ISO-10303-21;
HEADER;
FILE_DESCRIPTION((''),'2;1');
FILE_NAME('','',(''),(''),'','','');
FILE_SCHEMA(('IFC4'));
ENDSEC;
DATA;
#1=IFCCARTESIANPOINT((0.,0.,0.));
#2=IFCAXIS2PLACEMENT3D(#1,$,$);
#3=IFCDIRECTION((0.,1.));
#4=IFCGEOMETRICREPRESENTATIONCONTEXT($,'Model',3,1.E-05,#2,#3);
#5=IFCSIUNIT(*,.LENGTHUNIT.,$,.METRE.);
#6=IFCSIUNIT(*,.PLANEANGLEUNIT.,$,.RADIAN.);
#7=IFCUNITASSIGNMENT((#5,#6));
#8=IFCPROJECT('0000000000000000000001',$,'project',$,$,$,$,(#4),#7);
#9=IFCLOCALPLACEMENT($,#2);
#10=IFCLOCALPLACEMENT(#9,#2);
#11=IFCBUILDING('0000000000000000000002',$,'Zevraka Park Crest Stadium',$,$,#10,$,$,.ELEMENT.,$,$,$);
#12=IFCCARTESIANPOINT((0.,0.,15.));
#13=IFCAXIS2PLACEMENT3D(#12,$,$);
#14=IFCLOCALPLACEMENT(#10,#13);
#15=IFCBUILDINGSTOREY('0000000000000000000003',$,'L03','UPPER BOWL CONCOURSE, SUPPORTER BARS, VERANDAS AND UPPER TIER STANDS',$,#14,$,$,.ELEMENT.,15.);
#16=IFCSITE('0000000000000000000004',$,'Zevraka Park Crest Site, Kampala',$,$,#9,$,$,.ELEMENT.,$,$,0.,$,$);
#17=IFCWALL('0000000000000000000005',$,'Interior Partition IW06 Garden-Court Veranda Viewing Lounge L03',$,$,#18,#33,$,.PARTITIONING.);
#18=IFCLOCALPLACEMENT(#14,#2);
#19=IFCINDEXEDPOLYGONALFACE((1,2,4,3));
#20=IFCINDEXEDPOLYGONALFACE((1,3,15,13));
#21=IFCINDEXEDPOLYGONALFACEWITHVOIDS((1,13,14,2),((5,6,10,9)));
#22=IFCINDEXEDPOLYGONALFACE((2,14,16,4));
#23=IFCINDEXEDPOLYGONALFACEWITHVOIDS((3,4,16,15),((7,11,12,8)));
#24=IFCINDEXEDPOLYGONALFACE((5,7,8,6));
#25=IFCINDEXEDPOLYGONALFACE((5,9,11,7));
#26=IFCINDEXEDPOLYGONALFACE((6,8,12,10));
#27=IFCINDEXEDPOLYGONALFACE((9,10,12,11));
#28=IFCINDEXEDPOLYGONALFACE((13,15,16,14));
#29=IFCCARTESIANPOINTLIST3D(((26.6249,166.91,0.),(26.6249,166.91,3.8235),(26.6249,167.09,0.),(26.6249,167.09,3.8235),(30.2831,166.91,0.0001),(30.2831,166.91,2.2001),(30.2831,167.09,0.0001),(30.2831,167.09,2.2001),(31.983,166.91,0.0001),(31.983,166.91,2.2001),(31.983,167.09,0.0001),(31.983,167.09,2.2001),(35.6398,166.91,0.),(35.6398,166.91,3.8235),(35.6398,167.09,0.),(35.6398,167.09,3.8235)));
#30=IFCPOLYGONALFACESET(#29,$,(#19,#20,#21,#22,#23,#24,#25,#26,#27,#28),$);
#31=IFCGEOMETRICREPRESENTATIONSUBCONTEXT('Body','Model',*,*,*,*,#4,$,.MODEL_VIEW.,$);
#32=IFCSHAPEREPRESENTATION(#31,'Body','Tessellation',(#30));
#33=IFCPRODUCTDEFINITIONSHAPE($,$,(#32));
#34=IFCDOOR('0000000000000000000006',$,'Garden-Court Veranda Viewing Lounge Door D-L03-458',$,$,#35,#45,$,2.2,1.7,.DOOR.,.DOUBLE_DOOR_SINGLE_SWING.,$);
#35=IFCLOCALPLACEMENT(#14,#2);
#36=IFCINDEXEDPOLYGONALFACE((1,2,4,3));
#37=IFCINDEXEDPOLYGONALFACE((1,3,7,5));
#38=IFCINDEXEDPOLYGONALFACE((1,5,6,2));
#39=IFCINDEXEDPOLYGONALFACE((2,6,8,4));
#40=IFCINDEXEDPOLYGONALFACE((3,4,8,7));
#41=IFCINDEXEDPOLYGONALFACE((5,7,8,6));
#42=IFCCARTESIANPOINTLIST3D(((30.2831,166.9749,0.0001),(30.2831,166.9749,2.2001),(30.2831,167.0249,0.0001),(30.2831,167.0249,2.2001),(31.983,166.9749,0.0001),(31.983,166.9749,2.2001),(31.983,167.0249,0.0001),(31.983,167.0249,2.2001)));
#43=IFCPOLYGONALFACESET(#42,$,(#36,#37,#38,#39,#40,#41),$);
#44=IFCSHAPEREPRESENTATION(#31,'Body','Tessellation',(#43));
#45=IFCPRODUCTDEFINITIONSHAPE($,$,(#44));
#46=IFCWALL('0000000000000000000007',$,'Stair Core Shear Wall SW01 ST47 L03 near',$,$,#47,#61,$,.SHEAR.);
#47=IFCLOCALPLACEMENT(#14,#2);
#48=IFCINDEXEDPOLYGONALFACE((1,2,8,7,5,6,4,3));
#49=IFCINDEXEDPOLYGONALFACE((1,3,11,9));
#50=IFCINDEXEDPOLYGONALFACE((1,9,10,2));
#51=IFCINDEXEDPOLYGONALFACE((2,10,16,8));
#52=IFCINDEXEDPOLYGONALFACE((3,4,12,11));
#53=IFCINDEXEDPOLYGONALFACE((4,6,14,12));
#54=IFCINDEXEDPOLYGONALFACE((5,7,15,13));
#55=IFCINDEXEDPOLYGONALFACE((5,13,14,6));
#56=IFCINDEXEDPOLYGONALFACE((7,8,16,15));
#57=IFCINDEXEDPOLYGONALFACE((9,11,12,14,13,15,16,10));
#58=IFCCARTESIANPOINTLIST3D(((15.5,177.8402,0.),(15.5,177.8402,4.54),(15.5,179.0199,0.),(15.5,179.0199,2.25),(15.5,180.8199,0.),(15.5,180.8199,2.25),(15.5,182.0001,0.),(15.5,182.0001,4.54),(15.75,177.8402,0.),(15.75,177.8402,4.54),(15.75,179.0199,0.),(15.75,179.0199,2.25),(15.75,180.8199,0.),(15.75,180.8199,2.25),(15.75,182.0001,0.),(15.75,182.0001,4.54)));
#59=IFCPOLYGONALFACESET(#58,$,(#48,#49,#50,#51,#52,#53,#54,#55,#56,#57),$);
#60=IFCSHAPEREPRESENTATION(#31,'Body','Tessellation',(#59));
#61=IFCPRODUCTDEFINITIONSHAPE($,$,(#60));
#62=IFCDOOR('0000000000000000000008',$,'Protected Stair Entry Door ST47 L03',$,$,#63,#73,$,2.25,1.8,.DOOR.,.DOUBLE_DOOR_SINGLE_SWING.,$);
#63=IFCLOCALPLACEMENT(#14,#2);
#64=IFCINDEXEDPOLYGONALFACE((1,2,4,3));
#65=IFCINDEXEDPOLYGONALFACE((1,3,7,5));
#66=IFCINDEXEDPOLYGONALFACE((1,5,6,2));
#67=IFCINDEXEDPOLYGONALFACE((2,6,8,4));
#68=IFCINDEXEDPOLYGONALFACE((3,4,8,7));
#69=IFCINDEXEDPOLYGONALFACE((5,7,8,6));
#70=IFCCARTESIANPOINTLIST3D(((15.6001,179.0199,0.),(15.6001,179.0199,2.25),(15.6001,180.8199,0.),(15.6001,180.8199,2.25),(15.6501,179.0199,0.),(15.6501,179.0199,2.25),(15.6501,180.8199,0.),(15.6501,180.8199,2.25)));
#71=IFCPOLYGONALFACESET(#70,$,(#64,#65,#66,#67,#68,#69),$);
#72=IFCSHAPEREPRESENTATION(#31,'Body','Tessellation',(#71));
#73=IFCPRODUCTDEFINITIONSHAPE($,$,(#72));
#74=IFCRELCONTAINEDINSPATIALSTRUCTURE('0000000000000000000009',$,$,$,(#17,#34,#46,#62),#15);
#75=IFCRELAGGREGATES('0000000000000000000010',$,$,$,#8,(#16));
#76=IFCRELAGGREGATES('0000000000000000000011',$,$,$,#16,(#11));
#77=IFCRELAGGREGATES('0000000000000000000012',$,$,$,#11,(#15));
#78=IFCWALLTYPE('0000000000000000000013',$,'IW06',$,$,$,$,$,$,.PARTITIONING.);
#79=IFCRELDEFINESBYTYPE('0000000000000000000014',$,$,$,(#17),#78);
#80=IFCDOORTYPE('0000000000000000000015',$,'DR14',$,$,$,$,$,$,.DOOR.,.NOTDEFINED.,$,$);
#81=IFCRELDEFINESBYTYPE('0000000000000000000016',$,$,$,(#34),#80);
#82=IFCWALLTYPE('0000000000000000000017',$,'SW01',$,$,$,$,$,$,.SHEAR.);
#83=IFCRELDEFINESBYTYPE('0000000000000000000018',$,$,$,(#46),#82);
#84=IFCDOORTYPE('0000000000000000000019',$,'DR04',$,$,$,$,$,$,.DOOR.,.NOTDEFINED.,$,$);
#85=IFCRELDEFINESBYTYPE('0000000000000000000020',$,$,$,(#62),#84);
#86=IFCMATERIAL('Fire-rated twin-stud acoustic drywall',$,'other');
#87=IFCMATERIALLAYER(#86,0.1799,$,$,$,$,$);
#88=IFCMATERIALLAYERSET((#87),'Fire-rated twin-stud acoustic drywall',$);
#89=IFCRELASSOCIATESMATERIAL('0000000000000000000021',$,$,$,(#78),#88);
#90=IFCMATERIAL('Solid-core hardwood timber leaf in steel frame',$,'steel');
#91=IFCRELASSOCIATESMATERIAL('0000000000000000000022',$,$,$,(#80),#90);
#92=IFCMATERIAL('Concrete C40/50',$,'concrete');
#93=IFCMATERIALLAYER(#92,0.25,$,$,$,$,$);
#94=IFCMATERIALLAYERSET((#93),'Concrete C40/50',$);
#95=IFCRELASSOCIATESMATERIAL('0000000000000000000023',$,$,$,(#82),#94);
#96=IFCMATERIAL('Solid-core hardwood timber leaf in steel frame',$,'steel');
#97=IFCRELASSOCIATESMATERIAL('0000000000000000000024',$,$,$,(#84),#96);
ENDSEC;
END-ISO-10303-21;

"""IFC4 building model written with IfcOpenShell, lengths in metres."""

from ifc_helpers import new_model, si_unit, direction, frame, frame_2d, origin, place, context, subcontext, project, spatial, rectangle, extrude, material, layer, layer_set, type_object, element, fill, save


model = new_model("IFC4")

# Units and contexts
model_context = context("Model", 3, precision=1e-05, world=origin(), true_north=direction((0.0, 1.0)))
body_context = subcontext(model_context, "Body", "Model", "MODEL_VIEW")
ifc_project = project(units=[si_unit("LENGTHUNIT", "METRE"), si_unit("PLANEANGLEUNIT", "RADIAN")], contexts=[model_context])

# Site, building, storey
site_placement = place(None, origin())
site = spatial("IfcSite", under=ifc_project, at=site_placement, Name="Zevraka Park Crest Site, Kampala", CompositionType="ELEMENT", RefElevation=0.0)
building_placement = place(site_placement, origin())
building = spatial("IfcBuilding", under=site, at=building_placement, Name="Zevraka Park Crest Stadium", CompositionType="ELEMENT")
storey_placement = place(building_placement, frame((0.0, 0.0, 15.0)))
storey = spatial("IfcBuildingStorey", under=building, at=storey_placement, Name="L03", Description="UPPER BOWL CONCOURSE, SUPPORTER BARS, VERANDAS AND UPPER TIER STANDS", CompositionType="ELEMENT", Elevation=15.0)

# Walls, openings, doors
ifc_material_1 = material(Name="Fire-rated twin-stud acoustic drywall", Category="other")
ifc_layer_1 = layer(ifc_material_1, 0.1799)
ifc_layer_set_1 = layer_set([ifc_layer_1], Name="Fire-rated twin-stud acoustic drywall")
wall_type_1 = type_object("IfcWallType", Name="IW06", PredefinedType="PARTITIONING", material=ifc_layer_set_1)
wall_1_placement = place(storey_placement, frame((26.625, 167.0, 0.0), z_axis=(0.0, 0.0, 1.0), x_axis=(1.0, 0.0, 0.0)))
wall_1 = element("IfcWall", 1, at=wall_1_placement, inside=storey, type_object=wall_type_1, Name="Interior Partition IW06 Garden-Court Veranda Viewing Lounge L03", PredefinedType="PARTITIONING", context=body_context, shape_type="SweptSolid", body=[
    extrude(rectangle(XDim=9.0149, YDim=0.1799, at=frame_2d((4.5073, 0.0))), origin(), (0.0, 0.0, 1.0), 3.8235),
])
opening_1_placement = place(wall_1_placement, frame((3.658, 0.0, 0.0)))
opening_1 = element("IfcOpeningElement", 2, at=opening_1_placement, cuts=wall_1, PredefinedType="OPENING", context=body_context, shape_type="SweptSolid", body=[
    extrude(rectangle(XDim=1.7, YDim=2.2, at=frame_2d((0.8501, 1.1001))), frame((0.0, 0.0999, 0.0), z_axis=(0.0, -1.0, 0.0), x_axis=(1.0, 0.0, 0.0)), (0.0, 0.0, 1.0), 0.2),
])
ifc_material_2 = material(Name="Solid-core hardwood timber leaf in steel frame", Category="steel")
door_type_1 = type_object("IfcDoorType", Name="DR14", OperationType="NOTDEFINED", PredefinedType="DOOR", material=ifc_material_2)
door_1_placement = place(opening_1_placement, origin())
door_1 = element("IfcDoor", 3, at=door_1_placement, inside=storey, type_object=door_type_1, Name="Garden-Court Veranda Viewing Lounge Door D-L03-458", OperationType="DOUBLE_DOOR_SINGLE_SWING", OverallHeight=2.2, OverallWidth=1.7, PredefinedType="DOOR", context=body_context, shape_type="SweptSolid", body=[
    extrude(rectangle(XDim=1.7, YDim=2.2, at=frame_2d((0.8501, 1.1001))), frame((0.0, 0.0249, 0.0), z_axis=(0.0, -1.0, 0.0), x_axis=(1.0, 0.0, 0.0)), (0.0, 0.0, 1.0), 0.05),
])
fill(opening_1, door_1)
ifc_material_3 = material(Name="Concrete C40/50", Category="concrete")
ifc_layer_2 = layer(ifc_material_3, 0.25)
ifc_layer_set_2 = layer_set([ifc_layer_2], Name="Concrete C40/50")
wall_type_2 = type_object("IfcWallType", Name="SW01", PredefinedType="SHEAR", material=ifc_layer_set_2)
wall_2_placement = place(storey_placement, frame((15.625, 177.8401, 0.0), z_axis=(0.0, 0.0, 1.0), x_axis=(0.0, 1.0, 0.0)))
wall_2 = element("IfcWall", 4, at=wall_2_placement, inside=storey, type_object=wall_type_2, Name="Stair Core Shear Wall SW01 ST47 L03 near", PredefinedType="SHEAR", context=body_context, shape_type="SweptSolid", body=[
    extrude(rectangle(XDim=4.1599, YDim=0.25, at=frame_2d((2.0801, 0.0))), origin(), (0.0, 0.0, 1.0), 4.54),
])
opening_2_placement = place(wall_2_placement, frame((1.1799, 0.0, 0.0)))
opening_2 = element("IfcOpeningElement", 5, at=opening_2_placement, cuts=wall_2, PredefinedType="OPENING", context=body_context, shape_type="SweptSolid", body=[
    extrude(rectangle(XDim=1.8, YDim=2.25, at=frame_2d((0.8999, 1.125))), frame((0.0, 0.135, 0.0), z_axis=(0.0, -1.0, 0.0), x_axis=(1.0, 0.0, 0.0)), (0.0, 0.0, 1.0), 0.27),
])
ifc_material_4 = material(Name="Solid-core hardwood timber leaf in steel frame", Category="steel")
door_type_2 = type_object("IfcDoorType", Name="DR04", OperationType="NOTDEFINED", PredefinedType="DOOR", material=ifc_material_4)
door_2_placement = place(opening_2_placement, origin())
door_2 = element("IfcDoor", 6, at=door_2_placement, inside=storey, type_object=door_type_2, Name="Protected Stair Entry Door ST47 L03", OperationType="DOUBLE_DOOR_SINGLE_SWING", OverallHeight=2.25, OverallWidth=1.8, PredefinedType="DOOR", context=body_context, shape_type="SweptSolid", body=[
    extrude(rectangle(XDim=1.8, YDim=2.25, at=frame_2d((0.8999, 1.125))), frame((0.0, 0.0249, 0.0), z_axis=(0.0, -1.0, 0.0), x_axis=(1.0, 0.0, 0.0)), (0.0, 0.0, 1.0), 0.05),
])
fill(opening_2, door_2)

save(model, "model.ifc")
